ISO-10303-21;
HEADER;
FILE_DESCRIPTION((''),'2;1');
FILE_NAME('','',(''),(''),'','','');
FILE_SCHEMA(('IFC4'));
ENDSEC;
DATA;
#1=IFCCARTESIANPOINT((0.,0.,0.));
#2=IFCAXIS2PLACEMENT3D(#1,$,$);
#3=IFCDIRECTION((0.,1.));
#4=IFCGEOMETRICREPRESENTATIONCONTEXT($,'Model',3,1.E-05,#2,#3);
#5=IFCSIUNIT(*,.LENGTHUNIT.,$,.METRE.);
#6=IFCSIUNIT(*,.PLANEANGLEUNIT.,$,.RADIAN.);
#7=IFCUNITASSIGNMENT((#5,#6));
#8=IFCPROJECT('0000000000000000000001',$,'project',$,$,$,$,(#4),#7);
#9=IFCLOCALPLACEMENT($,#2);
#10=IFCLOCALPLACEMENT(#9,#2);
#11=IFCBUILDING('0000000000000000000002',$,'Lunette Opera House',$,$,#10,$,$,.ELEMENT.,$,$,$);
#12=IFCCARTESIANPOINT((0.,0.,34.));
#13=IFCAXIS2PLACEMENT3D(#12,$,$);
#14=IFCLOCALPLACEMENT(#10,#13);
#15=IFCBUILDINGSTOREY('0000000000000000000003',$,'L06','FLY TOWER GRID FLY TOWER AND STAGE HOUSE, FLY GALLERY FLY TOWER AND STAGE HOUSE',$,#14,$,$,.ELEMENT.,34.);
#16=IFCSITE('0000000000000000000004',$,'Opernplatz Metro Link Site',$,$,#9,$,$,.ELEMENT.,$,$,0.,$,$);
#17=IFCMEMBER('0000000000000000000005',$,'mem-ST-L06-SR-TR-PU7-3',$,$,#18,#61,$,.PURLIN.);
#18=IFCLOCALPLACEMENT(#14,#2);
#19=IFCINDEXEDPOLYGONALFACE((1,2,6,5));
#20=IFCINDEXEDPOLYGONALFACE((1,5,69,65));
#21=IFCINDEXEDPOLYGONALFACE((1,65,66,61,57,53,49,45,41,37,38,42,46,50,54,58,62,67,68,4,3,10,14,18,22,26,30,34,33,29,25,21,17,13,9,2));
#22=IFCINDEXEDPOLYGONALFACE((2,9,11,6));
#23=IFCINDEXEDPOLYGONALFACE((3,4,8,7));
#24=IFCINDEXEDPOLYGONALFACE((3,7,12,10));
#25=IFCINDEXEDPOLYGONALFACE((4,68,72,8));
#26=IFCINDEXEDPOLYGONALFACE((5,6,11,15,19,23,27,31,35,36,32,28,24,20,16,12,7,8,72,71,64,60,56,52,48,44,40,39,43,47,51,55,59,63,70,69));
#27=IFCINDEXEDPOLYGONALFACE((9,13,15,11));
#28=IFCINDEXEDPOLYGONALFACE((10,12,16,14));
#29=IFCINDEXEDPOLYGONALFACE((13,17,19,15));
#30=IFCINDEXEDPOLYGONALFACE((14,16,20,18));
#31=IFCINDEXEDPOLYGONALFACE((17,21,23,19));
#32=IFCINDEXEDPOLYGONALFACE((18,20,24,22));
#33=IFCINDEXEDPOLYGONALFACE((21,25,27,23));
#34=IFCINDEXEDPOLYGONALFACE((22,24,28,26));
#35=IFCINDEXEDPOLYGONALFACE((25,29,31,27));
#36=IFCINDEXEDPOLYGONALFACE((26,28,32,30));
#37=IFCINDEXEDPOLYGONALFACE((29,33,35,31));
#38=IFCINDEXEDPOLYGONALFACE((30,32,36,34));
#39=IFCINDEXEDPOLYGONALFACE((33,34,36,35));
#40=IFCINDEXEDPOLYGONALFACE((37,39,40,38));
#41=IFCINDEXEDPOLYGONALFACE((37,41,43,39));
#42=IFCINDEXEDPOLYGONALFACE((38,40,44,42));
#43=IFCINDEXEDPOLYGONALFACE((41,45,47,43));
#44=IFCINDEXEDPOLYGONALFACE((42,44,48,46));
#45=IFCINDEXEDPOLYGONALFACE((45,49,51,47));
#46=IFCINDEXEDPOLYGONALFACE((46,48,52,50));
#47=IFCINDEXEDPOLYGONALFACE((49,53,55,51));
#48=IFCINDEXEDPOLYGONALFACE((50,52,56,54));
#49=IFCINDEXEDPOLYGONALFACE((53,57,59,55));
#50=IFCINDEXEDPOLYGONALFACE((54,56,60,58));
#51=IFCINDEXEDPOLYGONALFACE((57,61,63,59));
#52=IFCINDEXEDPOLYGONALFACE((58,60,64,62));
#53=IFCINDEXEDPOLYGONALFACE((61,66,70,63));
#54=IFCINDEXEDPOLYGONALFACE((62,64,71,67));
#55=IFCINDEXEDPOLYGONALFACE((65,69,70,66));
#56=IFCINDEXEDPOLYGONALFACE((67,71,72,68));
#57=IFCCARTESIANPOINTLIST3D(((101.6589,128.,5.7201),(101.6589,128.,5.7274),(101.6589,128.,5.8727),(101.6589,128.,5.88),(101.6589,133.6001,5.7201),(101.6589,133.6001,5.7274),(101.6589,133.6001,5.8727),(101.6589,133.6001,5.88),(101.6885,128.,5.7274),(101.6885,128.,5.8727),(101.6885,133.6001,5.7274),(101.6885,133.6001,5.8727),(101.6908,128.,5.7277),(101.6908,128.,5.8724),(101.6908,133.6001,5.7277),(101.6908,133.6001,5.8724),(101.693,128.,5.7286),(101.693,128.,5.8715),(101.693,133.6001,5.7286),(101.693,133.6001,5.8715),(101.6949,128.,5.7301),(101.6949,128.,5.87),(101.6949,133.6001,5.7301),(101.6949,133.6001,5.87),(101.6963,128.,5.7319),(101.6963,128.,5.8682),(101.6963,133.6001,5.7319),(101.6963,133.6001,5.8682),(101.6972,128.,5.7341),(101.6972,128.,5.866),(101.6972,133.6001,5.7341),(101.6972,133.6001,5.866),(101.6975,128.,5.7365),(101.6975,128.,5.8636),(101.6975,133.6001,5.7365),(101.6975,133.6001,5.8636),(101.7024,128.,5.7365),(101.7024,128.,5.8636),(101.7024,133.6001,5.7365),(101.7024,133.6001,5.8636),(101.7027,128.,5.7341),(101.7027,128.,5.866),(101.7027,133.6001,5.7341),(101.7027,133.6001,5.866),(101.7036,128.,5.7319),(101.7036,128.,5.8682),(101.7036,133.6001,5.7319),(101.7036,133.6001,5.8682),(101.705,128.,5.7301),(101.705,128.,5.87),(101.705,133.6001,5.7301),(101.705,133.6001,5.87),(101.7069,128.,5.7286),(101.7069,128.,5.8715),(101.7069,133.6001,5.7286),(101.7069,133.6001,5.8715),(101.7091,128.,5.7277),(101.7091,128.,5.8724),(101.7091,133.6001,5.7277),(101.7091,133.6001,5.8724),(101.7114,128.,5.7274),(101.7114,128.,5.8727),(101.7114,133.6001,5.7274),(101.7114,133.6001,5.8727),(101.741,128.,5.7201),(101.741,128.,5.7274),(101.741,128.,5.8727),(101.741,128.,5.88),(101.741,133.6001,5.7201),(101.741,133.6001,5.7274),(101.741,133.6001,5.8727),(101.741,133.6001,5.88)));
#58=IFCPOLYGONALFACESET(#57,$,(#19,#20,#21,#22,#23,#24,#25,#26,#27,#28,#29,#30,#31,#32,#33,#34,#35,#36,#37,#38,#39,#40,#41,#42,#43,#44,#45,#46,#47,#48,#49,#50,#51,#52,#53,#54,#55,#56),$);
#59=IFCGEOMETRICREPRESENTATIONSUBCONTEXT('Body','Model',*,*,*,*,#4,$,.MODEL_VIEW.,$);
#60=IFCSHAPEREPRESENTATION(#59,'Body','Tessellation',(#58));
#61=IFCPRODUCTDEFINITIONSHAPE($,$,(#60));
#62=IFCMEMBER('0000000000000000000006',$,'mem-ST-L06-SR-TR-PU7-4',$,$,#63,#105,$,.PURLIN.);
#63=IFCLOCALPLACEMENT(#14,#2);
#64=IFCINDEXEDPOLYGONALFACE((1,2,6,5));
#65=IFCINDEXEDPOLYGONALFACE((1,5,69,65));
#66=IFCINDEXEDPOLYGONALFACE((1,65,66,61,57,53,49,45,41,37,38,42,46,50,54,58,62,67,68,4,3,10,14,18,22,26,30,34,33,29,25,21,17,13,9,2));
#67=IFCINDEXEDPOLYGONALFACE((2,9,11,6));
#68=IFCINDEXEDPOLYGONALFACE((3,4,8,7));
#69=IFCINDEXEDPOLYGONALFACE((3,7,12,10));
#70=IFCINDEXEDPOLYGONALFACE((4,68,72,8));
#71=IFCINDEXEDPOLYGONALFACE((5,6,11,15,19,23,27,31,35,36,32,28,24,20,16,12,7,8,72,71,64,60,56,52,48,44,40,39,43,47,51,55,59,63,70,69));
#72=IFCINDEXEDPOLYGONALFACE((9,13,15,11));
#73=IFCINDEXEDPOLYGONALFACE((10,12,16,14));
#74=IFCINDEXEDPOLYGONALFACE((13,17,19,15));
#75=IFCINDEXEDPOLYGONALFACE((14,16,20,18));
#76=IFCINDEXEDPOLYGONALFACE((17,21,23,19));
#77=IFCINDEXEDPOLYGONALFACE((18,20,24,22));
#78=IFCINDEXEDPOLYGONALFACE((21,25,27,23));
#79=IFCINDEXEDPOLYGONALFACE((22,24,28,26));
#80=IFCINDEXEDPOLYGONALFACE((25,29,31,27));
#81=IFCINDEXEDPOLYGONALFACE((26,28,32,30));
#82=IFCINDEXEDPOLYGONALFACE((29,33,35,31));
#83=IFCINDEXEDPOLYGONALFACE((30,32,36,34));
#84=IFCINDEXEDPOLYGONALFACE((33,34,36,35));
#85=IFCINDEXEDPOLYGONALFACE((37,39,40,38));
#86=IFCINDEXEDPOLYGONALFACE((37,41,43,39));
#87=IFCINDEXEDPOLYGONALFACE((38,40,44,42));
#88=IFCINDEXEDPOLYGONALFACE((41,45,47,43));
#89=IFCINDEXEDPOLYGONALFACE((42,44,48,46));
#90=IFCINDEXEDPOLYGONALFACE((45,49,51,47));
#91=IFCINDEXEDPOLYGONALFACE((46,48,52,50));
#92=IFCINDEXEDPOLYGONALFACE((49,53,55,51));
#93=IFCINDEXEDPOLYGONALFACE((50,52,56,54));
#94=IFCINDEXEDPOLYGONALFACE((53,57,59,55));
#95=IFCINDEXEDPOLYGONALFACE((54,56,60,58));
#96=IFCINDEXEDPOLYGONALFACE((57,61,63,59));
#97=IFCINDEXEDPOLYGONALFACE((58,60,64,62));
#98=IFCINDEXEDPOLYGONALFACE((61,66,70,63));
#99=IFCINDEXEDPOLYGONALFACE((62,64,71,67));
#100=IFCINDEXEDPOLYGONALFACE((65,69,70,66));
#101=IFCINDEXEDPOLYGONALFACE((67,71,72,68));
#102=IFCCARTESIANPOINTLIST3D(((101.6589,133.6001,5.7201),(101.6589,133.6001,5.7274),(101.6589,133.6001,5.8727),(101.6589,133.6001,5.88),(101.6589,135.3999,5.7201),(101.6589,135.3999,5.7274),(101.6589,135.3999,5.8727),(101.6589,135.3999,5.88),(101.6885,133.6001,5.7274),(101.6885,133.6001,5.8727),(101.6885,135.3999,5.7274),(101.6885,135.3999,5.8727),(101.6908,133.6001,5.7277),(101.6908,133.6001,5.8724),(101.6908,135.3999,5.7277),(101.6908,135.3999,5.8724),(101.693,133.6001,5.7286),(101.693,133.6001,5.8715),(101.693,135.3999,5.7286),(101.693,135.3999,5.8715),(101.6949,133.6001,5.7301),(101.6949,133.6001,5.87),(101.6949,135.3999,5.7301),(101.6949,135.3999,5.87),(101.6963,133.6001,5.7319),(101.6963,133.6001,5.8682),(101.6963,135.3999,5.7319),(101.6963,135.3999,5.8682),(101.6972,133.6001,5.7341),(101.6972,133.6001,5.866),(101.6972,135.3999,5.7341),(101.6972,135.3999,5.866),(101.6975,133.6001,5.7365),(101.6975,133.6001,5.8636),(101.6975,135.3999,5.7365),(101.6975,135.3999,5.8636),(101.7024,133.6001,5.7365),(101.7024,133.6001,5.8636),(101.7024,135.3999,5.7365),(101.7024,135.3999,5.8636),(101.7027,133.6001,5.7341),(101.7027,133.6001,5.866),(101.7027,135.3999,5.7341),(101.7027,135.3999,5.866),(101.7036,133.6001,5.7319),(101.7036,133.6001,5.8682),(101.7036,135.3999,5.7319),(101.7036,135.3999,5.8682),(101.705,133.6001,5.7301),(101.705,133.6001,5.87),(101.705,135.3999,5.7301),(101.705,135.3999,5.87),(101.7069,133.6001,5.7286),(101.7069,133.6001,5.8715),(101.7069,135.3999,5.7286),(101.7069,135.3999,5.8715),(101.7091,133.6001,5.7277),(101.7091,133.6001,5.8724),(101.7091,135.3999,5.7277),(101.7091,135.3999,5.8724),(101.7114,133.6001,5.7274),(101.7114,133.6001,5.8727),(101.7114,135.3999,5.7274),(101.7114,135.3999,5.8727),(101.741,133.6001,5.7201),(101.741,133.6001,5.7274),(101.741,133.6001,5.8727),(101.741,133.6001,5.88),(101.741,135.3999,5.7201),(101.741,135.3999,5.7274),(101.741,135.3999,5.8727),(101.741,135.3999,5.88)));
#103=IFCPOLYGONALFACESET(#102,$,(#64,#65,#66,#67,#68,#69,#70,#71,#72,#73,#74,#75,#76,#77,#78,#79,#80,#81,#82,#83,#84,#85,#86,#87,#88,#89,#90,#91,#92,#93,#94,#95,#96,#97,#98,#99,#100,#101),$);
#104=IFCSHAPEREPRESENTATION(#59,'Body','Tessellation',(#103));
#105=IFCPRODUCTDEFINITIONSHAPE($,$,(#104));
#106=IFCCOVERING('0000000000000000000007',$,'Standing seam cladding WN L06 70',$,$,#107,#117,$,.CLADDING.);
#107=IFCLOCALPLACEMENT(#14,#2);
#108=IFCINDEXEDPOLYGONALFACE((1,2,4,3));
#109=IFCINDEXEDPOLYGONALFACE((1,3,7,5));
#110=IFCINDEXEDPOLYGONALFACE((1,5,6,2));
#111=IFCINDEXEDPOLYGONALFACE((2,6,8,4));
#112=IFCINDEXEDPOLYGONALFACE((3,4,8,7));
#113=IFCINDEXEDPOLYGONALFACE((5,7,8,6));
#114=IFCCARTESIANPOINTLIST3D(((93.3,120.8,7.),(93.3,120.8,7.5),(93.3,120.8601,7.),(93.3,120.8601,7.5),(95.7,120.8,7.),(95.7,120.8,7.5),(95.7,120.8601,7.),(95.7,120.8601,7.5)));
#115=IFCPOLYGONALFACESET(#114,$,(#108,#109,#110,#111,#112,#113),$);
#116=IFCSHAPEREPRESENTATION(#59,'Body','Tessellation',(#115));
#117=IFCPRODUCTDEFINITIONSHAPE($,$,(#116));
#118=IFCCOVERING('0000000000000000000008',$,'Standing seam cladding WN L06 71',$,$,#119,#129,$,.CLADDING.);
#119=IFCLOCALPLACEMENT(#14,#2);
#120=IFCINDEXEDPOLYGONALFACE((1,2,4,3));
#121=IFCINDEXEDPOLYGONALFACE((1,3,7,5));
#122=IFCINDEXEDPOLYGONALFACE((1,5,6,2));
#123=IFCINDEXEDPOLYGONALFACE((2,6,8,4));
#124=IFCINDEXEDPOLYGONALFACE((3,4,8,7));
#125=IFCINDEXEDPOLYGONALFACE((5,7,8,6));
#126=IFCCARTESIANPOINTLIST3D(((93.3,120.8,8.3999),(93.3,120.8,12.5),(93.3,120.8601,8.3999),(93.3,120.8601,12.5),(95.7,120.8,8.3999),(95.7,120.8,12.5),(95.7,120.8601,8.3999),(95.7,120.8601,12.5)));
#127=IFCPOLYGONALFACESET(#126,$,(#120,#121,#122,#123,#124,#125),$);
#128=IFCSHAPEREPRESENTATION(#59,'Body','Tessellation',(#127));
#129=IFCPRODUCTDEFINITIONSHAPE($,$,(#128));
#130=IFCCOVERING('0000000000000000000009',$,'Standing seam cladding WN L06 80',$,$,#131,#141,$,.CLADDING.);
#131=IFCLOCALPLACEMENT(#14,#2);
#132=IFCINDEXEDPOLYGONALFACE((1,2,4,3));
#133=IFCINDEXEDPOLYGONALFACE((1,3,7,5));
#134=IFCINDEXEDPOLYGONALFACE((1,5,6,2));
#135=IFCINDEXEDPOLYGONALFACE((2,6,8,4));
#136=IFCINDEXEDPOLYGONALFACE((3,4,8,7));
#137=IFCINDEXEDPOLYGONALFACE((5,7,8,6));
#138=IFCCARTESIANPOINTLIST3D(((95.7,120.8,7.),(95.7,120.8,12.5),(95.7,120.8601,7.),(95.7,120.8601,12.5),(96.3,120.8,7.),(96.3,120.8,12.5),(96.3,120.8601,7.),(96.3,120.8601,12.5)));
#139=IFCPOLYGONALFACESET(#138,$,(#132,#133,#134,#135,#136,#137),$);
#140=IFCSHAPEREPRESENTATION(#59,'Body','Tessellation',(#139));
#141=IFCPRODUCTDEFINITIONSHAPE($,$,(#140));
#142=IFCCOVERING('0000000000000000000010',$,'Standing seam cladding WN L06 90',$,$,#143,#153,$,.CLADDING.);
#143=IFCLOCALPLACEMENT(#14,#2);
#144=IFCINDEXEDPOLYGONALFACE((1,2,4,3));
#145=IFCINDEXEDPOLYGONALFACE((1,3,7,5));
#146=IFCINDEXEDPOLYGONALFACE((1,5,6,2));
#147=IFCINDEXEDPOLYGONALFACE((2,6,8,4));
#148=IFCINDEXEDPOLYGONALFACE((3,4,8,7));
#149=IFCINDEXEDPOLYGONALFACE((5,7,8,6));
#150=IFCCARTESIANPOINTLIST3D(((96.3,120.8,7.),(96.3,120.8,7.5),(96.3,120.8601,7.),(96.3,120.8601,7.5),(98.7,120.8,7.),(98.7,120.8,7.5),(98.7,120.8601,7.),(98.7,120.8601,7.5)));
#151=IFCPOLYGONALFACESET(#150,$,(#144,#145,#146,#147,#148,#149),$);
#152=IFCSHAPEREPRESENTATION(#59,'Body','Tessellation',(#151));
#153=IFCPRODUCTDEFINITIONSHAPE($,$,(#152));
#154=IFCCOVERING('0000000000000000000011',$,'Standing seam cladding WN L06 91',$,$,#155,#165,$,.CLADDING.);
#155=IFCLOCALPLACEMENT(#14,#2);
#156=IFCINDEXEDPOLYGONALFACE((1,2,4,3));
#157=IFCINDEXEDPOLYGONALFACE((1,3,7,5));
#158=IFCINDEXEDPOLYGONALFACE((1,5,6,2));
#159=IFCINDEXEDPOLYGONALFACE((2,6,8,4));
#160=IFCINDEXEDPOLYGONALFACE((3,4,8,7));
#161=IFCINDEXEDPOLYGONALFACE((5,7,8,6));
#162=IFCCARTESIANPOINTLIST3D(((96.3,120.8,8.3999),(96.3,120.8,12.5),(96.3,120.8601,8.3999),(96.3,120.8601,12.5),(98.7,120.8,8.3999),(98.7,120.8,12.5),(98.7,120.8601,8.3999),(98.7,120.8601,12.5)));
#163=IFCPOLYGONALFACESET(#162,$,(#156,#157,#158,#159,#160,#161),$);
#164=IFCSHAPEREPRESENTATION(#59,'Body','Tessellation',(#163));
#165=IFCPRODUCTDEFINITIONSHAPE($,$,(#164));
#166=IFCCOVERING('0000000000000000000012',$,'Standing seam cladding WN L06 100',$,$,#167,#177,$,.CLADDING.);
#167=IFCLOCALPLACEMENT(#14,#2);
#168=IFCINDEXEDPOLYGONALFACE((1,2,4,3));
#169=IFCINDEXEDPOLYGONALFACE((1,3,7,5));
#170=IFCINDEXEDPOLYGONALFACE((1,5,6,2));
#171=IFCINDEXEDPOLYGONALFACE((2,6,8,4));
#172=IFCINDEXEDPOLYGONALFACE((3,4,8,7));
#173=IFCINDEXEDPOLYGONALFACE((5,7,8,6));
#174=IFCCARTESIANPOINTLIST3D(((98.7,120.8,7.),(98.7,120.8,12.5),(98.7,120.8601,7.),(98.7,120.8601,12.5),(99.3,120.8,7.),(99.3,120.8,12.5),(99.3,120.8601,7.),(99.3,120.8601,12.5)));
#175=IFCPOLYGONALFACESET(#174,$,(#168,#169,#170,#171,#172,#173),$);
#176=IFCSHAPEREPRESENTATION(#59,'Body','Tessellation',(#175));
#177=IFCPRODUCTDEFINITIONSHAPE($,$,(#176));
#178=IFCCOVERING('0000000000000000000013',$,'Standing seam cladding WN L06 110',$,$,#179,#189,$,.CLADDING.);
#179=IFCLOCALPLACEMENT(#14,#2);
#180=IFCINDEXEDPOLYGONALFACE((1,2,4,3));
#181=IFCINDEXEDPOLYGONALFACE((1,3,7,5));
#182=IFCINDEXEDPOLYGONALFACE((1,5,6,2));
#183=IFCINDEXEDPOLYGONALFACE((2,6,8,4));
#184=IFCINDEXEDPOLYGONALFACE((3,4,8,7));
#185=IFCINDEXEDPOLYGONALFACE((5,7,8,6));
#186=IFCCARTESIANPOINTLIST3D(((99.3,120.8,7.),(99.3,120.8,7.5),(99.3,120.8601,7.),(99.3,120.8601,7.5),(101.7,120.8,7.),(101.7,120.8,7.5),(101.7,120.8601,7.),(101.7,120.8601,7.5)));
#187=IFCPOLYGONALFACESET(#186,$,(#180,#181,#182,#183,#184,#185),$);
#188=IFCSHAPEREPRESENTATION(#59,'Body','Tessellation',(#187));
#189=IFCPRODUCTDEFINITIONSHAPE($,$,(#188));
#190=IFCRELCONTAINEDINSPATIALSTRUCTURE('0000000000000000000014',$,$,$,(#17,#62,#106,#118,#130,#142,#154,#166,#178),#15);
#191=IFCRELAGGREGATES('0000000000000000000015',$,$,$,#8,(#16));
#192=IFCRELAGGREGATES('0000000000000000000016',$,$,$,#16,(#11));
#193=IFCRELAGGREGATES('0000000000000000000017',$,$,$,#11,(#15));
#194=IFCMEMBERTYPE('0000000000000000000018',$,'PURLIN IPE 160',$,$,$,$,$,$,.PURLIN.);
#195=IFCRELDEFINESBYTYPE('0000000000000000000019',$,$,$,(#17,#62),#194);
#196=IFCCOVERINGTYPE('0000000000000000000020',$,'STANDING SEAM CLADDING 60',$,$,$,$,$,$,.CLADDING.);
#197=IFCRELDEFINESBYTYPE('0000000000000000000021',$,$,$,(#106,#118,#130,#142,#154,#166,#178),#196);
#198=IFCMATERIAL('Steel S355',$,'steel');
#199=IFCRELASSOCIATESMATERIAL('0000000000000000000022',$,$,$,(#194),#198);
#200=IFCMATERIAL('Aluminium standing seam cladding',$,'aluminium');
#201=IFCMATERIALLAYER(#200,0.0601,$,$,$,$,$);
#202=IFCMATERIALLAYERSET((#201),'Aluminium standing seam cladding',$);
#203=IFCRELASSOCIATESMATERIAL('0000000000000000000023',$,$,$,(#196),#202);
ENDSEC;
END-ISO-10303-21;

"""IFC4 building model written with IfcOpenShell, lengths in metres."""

from ifc_helpers import new_model, si_unit, direction, frame, origin, origin_2d, place, context, subcontext, project, spatial, rectangle, i_section, extrude, material, layer, layer_set, material_profile, profile_set, type_object, element, save


model = new_model("IFC4")

# Units and contexts
model_context = context("Model", 3, precision=1e-05, world=origin(), true_north=direction((0.0, 1.0)))
body_context = subcontext(model_context, "Body", "Model", "MODEL_VIEW")
ifc_project = project(units=[si_unit("LENGTHUNIT", "METRE"), si_unit("PLANEANGLEUNIT", "RADIAN")], contexts=[model_context])

# Site, building, storey
site_placement = place(None, origin())
site = spatial("IfcSite", under=ifc_project, at=site_placement, Name="Opernplatz Metro Link Site", CompositionType="ELEMENT", RefElevation=0.0)
building_placement = place(site_placement, origin())
building = spatial("IfcBuilding", under=site, at=building_placement, Name="Lunette Opera House", CompositionType="ELEMENT")
storey_placement = place(building_placement, frame((0.0, 0.0, 34.0)))
storey = spatial("IfcBuildingStorey", under=building, at=storey_placement, Name="L06", Description="FLY TOWER GRID FLY TOWER AND STAGE HOUSE, FLY GALLERY FLY TOWER AND STAGE HOUSE", CompositionType="ELEMENT", Elevation=34.0)

# Members
ifc_material_1 = material(Name="Steel S355", Category="steel")
ifc_material_profile_1 = material_profile(ifc_material_1, i_section(OverallWidth=0.082, OverallDepth=0.1599, WebThickness=0.0049, FlangeThickness=0.0073, FilletRadius=0.009, at=origin_2d()), Name="IPE 160")
ifc_profile_set_1 = profile_set([ifc_material_profile_1], Name="Steel S355")
member_type = type_object("IfcMemberType", Name="PURLIN IPE 160", PredefinedType="PURLIN", material=ifc_profile_set_1)
for number, where, z_axis, x_axis, name in (
    (1, (101.7, 128.0, 5.8), (0.0, 1.0, 0.0), (-1.0, 0.0, 0.0), "mem-ST-L06-SR-TR-PU7-3"),
):
    element("IfcMember", number, at=place(storey_placement, frame(where, z_axis=z_axis, x_axis=x_axis)), inside=storey, type_object=member_type, Name=name, PredefinedType="PURLIN", context=body_context, shape_type="SweptSolid", body=[
        extrude(i_section(OverallWidth=0.082, OverallDepth=0.1599, WebThickness=0.0049, FlangeThickness=0.0073, FilletRadius=0.009, at=origin_2d()), origin(), (0.0, 0.0, 1.0), 5.6001),
    ])
member_1_placement = place(storey_placement, frame((101.7, 133.6001, 5.8), z_axis=(0.0, 1.0, 0.0), x_axis=(-1.0, 0.0, 0.0)))
element("IfcMember", 2, at=member_1_placement, inside=storey, type_object=member_type, Name="mem-ST-L06-SR-TR-PU7-4", PredefinedType="PURLIN", context=body_context, shape_type="SweptSolid", body=[
    extrude(i_section(OverallWidth=0.082, OverallDepth=0.1599, WebThickness=0.0049, FlangeThickness=0.0073, FilletRadius=0.009, at=origin_2d()), origin(), (0.0, 0.0, 1.0), 1.7998),
])

# Coverings
ifc_material_2 = material(Name="Aluminium standing seam cladding", Category="aluminium")
ifc_layer_1 = layer(ifc_material_2, 0.0601)
ifc_layer_set_1 = layer_set([ifc_layer_1], Name="Aluminium standing seam cladding")
covering_type_1 = type_object("IfcCoveringType", Name="STANDING SEAM CLADDING 60", PredefinedType="CLADDING", material=ifc_layer_set_1)
covering_1_placement = place(storey_placement, frame((94.5, 120.8301, 7.0), z_axis=(0.0, 0.0, 1.0), x_axis=(1.0, 0.0, 0.0)))
element("IfcCovering", 3, at=covering_1_placement, inside=storey, type_object=covering_type_1, Name="Standing seam cladding WN L06 70", PredefinedType="CLADDING", context=body_context, shape_type="SweptSolid", body=[
    extrude(rectangle(XDim=2.3999, YDim=0.0601, at=origin_2d()), origin(), (0.0, 0.0, 1.0), 0.5),
])
covering_2_placement = place(storey_placement, frame((94.5, 120.8301, 8.3999), z_axis=(0.0, 0.0, 1.0), x_axis=(1.0, 0.0, 0.0)))
element("IfcCovering", 4, at=covering_2_placement, inside=storey, type_object=covering_type_1, Name="Standing seam cladding WN L06 71", PredefinedType="CLADDING", context=body_context, shape_type="SweptSolid", body=[
    extrude(rectangle(XDim=2.3999, YDim=0.0601, at=origin_2d()), origin(), (0.0, 0.0, 1.0), 4.1001),
])
covering_3_placement = place(storey_placement, frame((96.0, 120.8301, 7.0), z_axis=(0.0, 0.0, 1.0), x_axis=(1.0, 0.0, 0.0)))
element("IfcCovering", 5, at=covering_3_placement, inside=storey, type_object=covering_type_1, Name="Standing seam cladding WN L06 80", PredefinedType="CLADDING", context=body_context, shape_type="SweptSolid", body=[
    extrude(rectangle(XDim=0.6001, YDim=0.0601, at=origin_2d()), origin(), (0.0, 0.0, 1.0), 5.5),
])
covering_4_placement = place(storey_placement, frame((97.5, 120.8301, 7.0), z_axis=(0.0, 0.0, 1.0), x_axis=(1.0, 0.0, 0.0)))
element("IfcCovering", 6, at=covering_4_placement, inside=storey, type_object=covering_type_1, Name="Standing seam cladding WN L06 90", PredefinedType="CLADDING", context=body_context, shape_type="SweptSolid", body=[
    extrude(rectangle(XDim=2.3999, YDim=0.0601, at=origin_2d()), origin(), (0.0, 0.0, 1.0), 0.5),
])
covering_5_placement = place(storey_placement, frame((97.5, 120.8301, 8.3999), z_axis=(0.0, 0.0, 1.0), x_axis=(1.0, 0.0, 0.0)))
element("IfcCovering", 7, at=covering_5_placement, inside=storey, type_object=covering_type_1, Name="Standing seam cladding WN L06 91", PredefinedType="CLADDING", context=body_context, shape_type="SweptSolid", body=[
    extrude(rectangle(XDim=2.3999, YDim=0.0601, at=origin_2d()), origin(), (0.0, 0.0, 1.0), 4.1001),
])
covering_6_placement = place(storey_placement, frame((99.0, 120.8301, 7.0), z_axis=(0.0, 0.0, 1.0), x_axis=(1.0, 0.0, 0.0)))
element("IfcCovering", 8, at=covering_6_placement, inside=storey, type_object=covering_type_1, Name="Standing seam cladding WN L06 100", PredefinedType="CLADDING", context=body_context, shape_type="SweptSolid", body=[
    extrude(rectangle(XDim=0.6001, YDim=0.0601, at=origin_2d()), origin(), (0.0, 0.0, 1.0), 5.5),
])
covering_7_placement = place(storey_placement, frame((100.5, 120.8301, 7.0), z_axis=(0.0, 0.0, 1.0), x_axis=(1.0, 0.0, 0.0)))
element("IfcCovering", 9, at=covering_7_placement, inside=storey, type_object=covering_type_1, Name="Standing seam cladding WN L06 110", PredefinedType="CLADDING", context=body_context, shape_type="SweptSolid", body=[
    extrude(rectangle(XDim=2.3999, YDim=0.0601, at=origin_2d()), origin(), (0.0, 0.0, 1.0), 0.5),
])

save(model, "model.ifc")
